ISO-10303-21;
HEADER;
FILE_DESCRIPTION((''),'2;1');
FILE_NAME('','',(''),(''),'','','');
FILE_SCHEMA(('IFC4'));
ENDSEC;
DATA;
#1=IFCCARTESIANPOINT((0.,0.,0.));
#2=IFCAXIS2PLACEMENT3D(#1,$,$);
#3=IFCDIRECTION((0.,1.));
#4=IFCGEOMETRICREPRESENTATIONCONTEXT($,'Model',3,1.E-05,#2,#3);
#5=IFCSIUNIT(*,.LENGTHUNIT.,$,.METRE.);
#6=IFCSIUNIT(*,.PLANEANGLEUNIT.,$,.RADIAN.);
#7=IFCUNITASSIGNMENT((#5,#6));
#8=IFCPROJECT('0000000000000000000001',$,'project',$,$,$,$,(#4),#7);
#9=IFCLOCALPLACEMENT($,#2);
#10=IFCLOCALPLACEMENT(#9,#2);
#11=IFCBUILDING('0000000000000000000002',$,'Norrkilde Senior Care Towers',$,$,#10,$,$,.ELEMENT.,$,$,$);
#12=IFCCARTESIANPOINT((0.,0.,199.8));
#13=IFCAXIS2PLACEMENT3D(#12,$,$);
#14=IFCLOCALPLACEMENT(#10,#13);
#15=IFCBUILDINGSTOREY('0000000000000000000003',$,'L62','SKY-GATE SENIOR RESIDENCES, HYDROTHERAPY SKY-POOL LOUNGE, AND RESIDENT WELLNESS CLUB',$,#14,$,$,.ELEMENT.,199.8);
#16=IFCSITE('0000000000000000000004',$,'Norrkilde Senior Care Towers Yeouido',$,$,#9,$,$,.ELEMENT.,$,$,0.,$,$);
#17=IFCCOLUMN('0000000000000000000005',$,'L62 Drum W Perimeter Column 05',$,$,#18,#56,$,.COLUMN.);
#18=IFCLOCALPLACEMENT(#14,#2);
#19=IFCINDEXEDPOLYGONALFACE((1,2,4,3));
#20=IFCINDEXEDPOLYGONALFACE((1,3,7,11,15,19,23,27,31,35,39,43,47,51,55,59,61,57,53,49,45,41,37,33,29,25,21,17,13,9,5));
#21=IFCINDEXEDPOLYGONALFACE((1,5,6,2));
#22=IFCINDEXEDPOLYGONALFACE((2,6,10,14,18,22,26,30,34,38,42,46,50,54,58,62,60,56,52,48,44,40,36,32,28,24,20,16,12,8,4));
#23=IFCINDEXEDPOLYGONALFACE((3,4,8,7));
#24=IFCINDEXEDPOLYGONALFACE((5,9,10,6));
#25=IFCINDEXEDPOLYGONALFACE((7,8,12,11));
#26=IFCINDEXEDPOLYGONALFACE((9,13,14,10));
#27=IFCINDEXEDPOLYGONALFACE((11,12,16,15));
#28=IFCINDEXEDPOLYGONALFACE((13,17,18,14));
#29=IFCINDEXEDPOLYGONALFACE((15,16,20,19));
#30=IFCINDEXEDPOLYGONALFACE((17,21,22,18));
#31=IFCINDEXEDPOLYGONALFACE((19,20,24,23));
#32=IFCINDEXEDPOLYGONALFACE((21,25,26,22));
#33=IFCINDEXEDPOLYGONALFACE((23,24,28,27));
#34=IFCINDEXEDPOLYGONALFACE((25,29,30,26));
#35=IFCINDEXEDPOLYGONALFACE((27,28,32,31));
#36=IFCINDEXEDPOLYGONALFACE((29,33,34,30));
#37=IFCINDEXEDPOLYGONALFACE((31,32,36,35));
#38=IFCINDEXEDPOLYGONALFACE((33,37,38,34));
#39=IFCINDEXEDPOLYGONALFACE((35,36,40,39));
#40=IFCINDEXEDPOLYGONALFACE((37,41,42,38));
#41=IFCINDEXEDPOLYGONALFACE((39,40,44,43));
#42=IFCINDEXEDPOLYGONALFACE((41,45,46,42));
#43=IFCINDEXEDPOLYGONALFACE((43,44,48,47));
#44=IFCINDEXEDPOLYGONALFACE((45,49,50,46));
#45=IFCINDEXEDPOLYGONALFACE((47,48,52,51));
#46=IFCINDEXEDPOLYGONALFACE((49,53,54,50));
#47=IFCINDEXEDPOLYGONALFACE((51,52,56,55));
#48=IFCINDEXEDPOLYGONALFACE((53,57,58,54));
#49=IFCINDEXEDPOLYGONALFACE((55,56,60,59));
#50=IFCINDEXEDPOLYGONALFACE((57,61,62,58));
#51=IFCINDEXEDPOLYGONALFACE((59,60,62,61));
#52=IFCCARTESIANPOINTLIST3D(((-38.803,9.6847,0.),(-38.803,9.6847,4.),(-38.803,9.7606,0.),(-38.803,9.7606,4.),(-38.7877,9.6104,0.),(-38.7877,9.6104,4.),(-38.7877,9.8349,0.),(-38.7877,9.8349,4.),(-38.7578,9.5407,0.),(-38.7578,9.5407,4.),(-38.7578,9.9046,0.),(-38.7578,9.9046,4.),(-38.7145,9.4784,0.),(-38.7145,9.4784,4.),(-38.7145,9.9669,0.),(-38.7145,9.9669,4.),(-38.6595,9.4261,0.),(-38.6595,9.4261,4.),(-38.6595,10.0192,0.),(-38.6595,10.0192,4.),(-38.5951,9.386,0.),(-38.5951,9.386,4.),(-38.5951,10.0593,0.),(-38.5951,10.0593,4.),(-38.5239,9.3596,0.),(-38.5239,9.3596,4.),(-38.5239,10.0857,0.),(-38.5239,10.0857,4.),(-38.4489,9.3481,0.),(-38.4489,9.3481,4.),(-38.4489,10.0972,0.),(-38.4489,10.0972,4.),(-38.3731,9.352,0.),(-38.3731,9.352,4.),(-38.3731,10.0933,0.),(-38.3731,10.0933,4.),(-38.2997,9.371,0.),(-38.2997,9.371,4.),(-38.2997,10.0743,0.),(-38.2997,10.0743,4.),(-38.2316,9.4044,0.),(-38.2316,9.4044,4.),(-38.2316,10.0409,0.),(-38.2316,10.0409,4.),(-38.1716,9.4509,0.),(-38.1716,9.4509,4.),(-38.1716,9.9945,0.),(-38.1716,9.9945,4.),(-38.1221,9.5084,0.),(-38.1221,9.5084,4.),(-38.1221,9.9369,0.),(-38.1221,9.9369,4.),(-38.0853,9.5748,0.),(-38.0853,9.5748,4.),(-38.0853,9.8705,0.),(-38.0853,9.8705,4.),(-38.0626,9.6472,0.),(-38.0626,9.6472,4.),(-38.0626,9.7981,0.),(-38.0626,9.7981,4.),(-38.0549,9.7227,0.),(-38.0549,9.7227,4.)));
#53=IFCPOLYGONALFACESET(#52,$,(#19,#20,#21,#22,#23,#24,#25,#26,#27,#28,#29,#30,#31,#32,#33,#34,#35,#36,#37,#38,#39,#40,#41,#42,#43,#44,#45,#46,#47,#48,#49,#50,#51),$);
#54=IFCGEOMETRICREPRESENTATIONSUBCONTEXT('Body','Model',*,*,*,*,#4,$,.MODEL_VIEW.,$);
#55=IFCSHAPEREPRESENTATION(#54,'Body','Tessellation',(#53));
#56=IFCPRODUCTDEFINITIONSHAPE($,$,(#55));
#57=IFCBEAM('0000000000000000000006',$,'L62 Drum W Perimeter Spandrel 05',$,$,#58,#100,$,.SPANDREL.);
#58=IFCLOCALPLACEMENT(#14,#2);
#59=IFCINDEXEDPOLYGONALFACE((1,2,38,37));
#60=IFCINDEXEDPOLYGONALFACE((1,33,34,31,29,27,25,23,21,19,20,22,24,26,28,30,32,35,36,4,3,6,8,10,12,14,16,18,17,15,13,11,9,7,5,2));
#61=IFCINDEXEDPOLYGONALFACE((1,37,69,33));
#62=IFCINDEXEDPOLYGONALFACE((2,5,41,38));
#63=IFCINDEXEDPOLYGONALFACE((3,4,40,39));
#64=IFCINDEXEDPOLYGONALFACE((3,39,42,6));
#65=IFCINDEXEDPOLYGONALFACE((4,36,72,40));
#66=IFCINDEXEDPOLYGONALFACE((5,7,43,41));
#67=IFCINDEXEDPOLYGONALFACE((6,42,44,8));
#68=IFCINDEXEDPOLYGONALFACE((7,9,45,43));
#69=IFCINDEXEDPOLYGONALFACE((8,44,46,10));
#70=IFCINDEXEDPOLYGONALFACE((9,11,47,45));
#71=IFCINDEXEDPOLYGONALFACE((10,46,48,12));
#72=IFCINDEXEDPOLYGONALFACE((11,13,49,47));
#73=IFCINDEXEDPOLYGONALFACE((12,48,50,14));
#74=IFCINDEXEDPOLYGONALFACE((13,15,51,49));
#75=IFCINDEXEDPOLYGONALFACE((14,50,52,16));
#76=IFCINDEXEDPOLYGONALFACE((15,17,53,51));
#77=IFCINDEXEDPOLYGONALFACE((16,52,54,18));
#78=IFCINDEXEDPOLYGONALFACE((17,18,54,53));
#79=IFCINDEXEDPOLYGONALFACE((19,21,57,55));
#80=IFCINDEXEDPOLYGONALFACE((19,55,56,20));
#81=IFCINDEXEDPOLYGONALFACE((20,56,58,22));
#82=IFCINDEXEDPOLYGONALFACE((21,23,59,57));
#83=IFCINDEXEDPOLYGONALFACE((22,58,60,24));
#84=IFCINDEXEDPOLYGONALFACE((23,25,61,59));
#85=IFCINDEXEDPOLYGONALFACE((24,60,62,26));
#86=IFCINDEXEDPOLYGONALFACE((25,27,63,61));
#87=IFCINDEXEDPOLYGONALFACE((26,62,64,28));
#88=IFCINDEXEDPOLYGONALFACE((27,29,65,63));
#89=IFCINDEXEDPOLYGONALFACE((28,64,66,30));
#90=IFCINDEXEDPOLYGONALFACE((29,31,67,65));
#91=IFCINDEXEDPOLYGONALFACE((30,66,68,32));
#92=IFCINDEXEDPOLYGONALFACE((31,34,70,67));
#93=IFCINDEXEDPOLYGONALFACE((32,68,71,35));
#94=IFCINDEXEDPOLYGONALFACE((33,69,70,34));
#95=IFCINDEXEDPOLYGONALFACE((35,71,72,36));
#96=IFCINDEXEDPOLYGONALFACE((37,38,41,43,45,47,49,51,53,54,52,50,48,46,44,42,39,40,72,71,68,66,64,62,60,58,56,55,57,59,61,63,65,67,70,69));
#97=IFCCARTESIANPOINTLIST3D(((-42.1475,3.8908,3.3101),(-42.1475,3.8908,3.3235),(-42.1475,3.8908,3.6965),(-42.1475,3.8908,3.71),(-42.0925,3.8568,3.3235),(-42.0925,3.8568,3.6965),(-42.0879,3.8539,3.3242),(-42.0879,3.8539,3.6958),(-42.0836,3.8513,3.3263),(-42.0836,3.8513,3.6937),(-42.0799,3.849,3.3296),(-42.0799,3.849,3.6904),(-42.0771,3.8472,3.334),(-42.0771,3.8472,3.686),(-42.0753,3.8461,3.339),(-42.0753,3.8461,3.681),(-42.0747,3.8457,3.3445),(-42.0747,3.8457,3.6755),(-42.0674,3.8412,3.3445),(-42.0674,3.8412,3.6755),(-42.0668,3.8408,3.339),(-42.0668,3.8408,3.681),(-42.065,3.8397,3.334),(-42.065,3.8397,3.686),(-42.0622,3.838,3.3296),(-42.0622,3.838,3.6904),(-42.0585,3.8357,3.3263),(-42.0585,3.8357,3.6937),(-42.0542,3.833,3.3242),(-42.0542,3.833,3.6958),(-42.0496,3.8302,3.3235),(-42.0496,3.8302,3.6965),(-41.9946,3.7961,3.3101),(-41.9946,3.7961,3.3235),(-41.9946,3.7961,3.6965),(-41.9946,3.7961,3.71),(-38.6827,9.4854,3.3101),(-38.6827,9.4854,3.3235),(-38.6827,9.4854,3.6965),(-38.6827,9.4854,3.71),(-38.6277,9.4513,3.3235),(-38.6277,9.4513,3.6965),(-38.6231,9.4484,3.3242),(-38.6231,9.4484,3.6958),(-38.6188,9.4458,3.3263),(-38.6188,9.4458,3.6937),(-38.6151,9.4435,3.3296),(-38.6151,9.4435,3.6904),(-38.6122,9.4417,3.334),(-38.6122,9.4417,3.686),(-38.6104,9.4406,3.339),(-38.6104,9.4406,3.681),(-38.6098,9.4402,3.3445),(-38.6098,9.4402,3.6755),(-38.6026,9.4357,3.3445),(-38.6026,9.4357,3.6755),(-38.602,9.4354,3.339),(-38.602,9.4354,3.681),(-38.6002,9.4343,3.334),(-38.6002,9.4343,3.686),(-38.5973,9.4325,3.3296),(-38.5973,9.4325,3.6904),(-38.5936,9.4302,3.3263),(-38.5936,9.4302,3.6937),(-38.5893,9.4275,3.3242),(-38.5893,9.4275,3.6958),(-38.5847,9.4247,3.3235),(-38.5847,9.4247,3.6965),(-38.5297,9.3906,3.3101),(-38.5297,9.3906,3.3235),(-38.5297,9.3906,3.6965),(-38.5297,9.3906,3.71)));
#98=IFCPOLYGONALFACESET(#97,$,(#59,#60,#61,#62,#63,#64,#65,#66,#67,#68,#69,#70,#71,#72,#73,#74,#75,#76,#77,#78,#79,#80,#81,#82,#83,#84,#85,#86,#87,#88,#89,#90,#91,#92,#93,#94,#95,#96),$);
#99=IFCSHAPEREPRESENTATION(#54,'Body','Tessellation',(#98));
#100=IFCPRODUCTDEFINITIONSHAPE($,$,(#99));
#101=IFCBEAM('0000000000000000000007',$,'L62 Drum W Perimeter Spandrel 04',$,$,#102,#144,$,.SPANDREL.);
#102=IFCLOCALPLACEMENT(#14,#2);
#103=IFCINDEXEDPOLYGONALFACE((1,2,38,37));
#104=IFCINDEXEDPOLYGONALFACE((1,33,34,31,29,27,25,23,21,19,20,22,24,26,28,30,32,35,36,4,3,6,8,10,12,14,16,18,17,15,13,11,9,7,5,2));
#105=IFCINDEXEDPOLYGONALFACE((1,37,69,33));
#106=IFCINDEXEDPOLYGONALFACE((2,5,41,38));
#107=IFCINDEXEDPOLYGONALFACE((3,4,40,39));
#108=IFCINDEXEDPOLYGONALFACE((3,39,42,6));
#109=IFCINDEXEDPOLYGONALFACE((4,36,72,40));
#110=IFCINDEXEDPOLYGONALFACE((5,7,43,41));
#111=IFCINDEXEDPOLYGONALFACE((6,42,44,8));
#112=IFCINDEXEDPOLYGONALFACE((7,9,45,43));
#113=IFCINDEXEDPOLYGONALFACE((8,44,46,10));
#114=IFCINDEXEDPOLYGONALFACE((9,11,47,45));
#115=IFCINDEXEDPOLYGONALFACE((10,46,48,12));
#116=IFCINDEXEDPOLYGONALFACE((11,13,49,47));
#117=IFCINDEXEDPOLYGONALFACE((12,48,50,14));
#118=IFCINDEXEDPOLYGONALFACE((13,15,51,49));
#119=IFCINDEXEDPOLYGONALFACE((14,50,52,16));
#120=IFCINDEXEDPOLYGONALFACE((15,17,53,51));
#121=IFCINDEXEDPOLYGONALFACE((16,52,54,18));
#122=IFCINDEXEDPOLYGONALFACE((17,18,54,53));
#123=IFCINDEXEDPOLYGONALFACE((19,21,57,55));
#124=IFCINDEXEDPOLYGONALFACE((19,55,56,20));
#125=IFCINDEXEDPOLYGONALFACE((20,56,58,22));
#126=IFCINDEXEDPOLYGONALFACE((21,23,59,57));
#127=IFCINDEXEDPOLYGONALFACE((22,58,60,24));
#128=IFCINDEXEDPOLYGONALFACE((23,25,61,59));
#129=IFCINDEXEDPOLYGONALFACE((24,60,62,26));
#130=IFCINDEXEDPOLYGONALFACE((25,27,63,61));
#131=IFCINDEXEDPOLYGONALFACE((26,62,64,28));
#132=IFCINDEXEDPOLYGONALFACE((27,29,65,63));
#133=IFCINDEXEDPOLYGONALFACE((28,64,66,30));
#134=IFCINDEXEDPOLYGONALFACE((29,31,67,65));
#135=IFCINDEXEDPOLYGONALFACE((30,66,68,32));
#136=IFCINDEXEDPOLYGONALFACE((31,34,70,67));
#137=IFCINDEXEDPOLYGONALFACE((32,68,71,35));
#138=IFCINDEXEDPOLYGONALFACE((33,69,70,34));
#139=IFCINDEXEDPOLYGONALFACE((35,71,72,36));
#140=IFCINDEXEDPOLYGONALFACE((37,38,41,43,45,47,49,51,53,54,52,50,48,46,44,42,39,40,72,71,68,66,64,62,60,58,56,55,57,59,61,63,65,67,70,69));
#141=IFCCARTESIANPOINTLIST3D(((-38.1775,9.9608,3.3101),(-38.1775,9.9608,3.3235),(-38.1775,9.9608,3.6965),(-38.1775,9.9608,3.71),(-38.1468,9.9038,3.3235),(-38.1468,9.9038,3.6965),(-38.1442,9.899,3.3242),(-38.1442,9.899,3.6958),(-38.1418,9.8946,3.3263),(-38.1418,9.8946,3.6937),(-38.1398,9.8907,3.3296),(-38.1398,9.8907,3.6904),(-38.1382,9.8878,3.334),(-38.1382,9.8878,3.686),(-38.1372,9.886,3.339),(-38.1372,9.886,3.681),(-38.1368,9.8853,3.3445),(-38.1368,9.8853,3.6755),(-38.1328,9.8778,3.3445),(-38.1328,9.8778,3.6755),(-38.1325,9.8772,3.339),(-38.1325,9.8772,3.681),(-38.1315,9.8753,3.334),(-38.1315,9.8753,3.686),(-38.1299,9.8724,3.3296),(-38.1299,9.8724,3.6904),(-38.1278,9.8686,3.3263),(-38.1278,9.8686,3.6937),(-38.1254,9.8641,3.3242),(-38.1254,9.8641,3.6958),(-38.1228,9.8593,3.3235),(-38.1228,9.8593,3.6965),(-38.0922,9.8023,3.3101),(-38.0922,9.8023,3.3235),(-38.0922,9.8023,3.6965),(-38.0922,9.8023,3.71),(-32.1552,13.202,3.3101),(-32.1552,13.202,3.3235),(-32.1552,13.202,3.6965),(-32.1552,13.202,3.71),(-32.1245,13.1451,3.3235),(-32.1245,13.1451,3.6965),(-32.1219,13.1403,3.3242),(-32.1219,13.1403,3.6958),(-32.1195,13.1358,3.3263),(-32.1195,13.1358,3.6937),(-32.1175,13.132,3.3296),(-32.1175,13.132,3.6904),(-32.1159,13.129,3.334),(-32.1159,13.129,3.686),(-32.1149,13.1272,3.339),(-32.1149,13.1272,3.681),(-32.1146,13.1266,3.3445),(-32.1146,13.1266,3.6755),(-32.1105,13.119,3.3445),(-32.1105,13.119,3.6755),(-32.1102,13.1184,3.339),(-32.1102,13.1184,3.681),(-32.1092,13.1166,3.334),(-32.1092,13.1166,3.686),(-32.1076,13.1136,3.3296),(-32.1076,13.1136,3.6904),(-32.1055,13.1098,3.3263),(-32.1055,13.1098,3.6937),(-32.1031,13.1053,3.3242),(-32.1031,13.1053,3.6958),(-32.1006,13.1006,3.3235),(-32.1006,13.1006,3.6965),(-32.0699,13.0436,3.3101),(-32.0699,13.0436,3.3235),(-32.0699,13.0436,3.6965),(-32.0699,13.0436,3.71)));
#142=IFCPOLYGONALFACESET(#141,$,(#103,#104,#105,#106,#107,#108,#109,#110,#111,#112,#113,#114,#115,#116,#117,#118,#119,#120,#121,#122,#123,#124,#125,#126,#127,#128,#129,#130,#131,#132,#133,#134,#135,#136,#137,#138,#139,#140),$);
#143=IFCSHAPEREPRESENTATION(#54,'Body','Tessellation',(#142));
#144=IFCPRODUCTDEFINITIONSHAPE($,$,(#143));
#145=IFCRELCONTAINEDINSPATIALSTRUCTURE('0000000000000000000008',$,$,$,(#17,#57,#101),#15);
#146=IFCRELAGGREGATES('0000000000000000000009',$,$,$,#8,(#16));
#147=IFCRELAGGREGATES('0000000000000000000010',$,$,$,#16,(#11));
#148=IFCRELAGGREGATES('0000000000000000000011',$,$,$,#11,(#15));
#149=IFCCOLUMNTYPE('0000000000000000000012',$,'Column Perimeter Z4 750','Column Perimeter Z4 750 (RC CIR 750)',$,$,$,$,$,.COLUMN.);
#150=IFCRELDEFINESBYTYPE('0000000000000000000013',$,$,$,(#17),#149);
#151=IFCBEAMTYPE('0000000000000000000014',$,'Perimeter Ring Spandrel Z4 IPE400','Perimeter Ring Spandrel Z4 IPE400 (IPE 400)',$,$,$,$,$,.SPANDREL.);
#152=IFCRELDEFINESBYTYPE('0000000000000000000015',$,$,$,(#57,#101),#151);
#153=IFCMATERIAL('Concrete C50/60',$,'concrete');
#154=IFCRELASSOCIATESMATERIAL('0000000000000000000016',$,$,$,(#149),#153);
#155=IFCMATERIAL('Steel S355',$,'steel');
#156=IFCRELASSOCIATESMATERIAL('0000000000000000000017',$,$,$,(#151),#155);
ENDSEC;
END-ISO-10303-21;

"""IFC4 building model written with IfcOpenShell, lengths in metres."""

from ifc_helpers import new_model, si_unit, direction, frame, origin, origin_2d, place, context, subcontext, project, spatial, circle, i_section, extrude, source, transform, mapped, material, material_profile, profile_set, type_object, type_shapes, element, save


model = new_model("IFC4")

# Units and contexts
model_context = context("Model", 3, precision=1e-05, world=origin(), true_north=direction((0.0, 1.0)))
body_context = subcontext(model_context, "Body", "Model", "MODEL_VIEW")
ifc_project = project(units=[si_unit("LENGTHUNIT", "METRE"), si_unit("PLANEANGLEUNIT", "RADIAN")], contexts=[model_context])

# Site, building, storey
site_placement = place(None, origin())
site = spatial("IfcSite", under=ifc_project, at=site_placement, Name="Norrkilde Senior Care Towers Yeouido", CompositionType="ELEMENT", RefElevation=0.0)
building_placement = place(site_placement, origin())
building = spatial("IfcBuilding", under=site, at=building_placement, Name="Norrkilde Senior Care Towers", CompositionType="ELEMENT")
storey_placement = place(building_placement, frame((0.0, 0.0, 199.8)))
storey = spatial("IfcBuildingStorey", under=building, at=storey_placement, Name="L62", Description="SKY-GATE SENIOR RESIDENCES, HYDROTHERAPY SKY-POOL LOUNGE, AND RESIDENT WELLNESS CLUB", CompositionType="ELEMENT", Elevation=199.8)

# Column
ifc_material_1 = material(Name="Concrete C50/60", Category="concrete")
ifc_material_profile_1 = material_profile(ifc_material_1, circle(Radius=0.375, at=origin_2d()), Name="RC CIR 750")
ifc_profile_set_1 = profile_set([ifc_material_profile_1], Name="Concrete C50/60")
column_type = type_object("IfcColumnType", Name="Column Perimeter Z4 750", Description="Column Perimeter Z4 750 (RC CIR 750)", PredefinedType="COLUMN", material=ifc_profile_set_1)
shared_shape_1 = source(origin(), body_context, "Body", "SweptSolid", [
    extrude(circle(Radius=0.375, at=origin_2d()), origin(), (0.0, 0.0, 1.0), 4.0),
])
type_shapes(column_type, [shared_shape_1])
column_placement = place(storey_placement, frame((-38.4299, 9.7227, 0.0), z_axis=(0.0, 0.0, 1.0), x_axis=(1.0, 0.0, 0.0)))
element("IfcColumn", 1, at=column_placement, inside=storey, type_object=column_type, Name="L62 Drum W Perimeter Column 05", PredefinedType="COLUMN", context=body_context, shape_type="MappedRepresentation", body=[
    mapped(shared_shape_1, transform((0.0, 0.0, 0.0), x_axis=(1.0, 0.0, 0.0), y_axis=(0.0, 1.0, 0.0), z_axis=(0.0, 0.0, 1.0), scale=1.0)),
])

# Beams
ifc_material_2 = material(Name="Steel S355", Category="steel")
ifc_material_profile_2 = material_profile(ifc_material_2, i_section(OverallWidth=0.1799, OverallDepth=0.3999, WebThickness=0.0085, FlangeThickness=0.0134, FilletRadius=0.021, at=origin_2d()), Name="IPE 400")
ifc_profile_set_2 = profile_set([ifc_material_profile_2], Name="Steel S355")
beam_type_1 = type_object("IfcBeamType", Name="Perimeter Ring Spandrel Z4 IPE400", Description="Perimeter Ring Spandrel Z4 IPE400 (IPE 400)", PredefinedType="SPANDREL", material=ifc_profile_set_2)
shared_shape_2 = source(origin(), body_context, "Body", "SweptSolid", [
    extrude(i_section(OverallWidth=0.1799, OverallDepth=0.3999, WebThickness=0.0085, FlangeThickness=0.0134, FilletRadius=0.021, at=origin_2d()), origin(), (0.0, 0.0, 1.0), 6.5806),
])
beam_1_placement = place(storey_placement, frame((-38.6062, 9.438, 3.51), z_axis=(-0.52653, -0.850157, 0.0), x_axis=(0.850157, -0.52653, 0.0)))
element("IfcBeam", 2, at=beam_1_placement, inside=storey, type_object=beam_type_1, Name="L62 Drum W Perimeter Spandrel 05", PredefinedType="SPANDREL", context=body_context, shape_type="MappedRepresentation", body=[
    mapped(shared_shape_2, transform((0.0, 0.0, 0.0), x_axis=(1.0, 0.0, 0.0), y_axis=(0.0, 1.0, 0.0), z_axis=(0.0, 0.0, 1.0), scale=1.0)),
])
shared_shape_3 = source(origin(), body_context, "Body", "SweptSolid", [
    extrude(i_section(OverallWidth=0.1799, OverallDepth=0.3999, WebThickness=0.0085, FlangeThickness=0.0134, FilletRadius=0.021, at=origin_2d()), origin(), (0.0, 0.0, 1.0), 6.8391),
])
type_shapes(beam_type_1, [shared_shape_2, shared_shape_3])
beam_2_placement = place(storey_placement, frame((-32.1125, 13.1228, 3.51), z_axis=(-0.880564, -0.473927, 0.0), x_axis=(0.473927, -0.880564, 0.0)))
element("IfcBeam", 3, at=beam_2_placement, inside=storey, type_object=beam_type_1, Name="L62 Drum W Perimeter Spandrel 04", PredefinedType="SPANDREL", context=body_context, shape_type="MappedRepresentation", body=[
    mapped(shared_shape_3, transform((0.0, 0.0, 0.0), x_axis=(1.0, 0.0, 0.0), y_axis=(0.0, 1.0, 0.0), z_axis=(0.0, 0.0, 1.0), scale=1.0)),
])

save(model, "model.ifc")
